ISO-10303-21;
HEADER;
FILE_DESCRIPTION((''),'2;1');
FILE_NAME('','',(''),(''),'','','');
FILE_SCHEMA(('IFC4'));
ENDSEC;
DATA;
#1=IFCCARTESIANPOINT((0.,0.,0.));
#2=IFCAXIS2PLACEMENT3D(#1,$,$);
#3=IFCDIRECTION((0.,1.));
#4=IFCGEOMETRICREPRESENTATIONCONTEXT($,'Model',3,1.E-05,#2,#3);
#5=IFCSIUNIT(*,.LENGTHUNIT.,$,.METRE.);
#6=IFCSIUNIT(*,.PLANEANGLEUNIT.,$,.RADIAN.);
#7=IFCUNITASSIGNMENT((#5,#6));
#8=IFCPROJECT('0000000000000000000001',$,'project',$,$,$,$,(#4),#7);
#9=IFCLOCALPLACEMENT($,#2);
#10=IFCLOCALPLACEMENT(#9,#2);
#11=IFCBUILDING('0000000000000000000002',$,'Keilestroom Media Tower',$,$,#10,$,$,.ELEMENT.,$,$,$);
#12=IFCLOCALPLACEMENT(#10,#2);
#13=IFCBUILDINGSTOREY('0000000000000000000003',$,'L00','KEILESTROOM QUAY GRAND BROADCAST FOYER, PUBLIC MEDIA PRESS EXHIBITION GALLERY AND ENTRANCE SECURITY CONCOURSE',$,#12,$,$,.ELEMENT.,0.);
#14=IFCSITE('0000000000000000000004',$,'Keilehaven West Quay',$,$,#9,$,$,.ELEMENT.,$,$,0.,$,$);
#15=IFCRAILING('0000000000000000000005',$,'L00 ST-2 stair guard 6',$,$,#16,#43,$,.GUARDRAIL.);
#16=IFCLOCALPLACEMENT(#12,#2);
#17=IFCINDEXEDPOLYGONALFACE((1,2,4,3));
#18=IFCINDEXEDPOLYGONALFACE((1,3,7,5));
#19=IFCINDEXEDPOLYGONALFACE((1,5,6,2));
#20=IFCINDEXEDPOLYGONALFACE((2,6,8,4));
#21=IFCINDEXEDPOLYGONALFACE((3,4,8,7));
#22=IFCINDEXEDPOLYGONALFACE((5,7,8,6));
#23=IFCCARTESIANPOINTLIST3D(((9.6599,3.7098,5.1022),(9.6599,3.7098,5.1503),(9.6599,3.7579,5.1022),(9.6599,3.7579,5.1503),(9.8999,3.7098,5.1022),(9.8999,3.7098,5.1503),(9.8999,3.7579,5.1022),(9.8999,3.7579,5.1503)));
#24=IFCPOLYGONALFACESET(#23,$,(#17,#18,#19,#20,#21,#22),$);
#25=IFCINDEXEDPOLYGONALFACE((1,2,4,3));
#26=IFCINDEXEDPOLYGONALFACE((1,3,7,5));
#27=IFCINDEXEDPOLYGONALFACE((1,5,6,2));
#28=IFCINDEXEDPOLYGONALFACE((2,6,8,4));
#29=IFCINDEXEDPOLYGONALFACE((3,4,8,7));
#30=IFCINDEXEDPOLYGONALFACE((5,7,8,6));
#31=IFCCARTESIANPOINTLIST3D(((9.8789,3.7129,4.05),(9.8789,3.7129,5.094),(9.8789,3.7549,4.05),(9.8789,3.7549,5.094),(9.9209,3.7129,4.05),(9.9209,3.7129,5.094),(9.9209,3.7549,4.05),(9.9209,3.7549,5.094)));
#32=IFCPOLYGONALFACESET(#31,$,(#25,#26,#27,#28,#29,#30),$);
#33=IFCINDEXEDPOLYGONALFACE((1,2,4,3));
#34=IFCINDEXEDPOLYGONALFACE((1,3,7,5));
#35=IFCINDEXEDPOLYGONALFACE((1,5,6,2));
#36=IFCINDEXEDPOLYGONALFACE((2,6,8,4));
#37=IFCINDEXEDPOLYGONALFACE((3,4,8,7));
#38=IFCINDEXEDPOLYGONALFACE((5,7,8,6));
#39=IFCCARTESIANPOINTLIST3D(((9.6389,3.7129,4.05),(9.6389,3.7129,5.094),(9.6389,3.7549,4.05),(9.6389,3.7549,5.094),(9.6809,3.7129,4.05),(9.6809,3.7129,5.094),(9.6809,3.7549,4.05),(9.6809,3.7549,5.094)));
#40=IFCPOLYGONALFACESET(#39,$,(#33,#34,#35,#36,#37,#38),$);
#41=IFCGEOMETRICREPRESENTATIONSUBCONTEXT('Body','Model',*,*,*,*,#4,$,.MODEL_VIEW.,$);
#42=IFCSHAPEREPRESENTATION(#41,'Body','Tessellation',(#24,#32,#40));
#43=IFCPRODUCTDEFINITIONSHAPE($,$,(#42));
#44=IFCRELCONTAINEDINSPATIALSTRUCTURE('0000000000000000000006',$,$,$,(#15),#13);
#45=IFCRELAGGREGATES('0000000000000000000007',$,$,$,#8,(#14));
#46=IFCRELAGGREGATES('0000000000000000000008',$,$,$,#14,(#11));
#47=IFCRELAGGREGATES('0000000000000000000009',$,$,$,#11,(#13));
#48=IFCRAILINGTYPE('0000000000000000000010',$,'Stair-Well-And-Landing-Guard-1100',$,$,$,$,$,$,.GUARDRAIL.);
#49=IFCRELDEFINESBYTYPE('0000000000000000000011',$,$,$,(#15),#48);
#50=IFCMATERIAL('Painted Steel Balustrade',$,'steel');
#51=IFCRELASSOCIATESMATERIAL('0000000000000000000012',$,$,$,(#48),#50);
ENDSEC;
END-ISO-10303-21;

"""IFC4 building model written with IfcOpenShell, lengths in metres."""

from ifc_helpers import new_model, si_unit, direction, frame, origin, origin_2d, place, context, subcontext, project, spatial, rectangle, extrude, material, type_object, element, save


model = new_model("IFC4")

# Units and contexts
model_context = context("Model", 3, precision=1e-05, world=origin(), true_north=direction((0.0, 1.0)))
body_context = subcontext(model_context, "Body", "Model", "MODEL_VIEW")
ifc_project = project(units=[si_unit("LENGTHUNIT", "METRE"), si_unit("PLANEANGLEUNIT", "RADIAN")], contexts=[model_context])

# Site, building, storey
site_placement = place(None, origin())
site = spatial("IfcSite", under=ifc_project, at=site_placement, Name="Keilehaven West Quay", CompositionType="ELEMENT", RefElevation=0.0)
building_placement = place(site_placement, origin())
building = spatial("IfcBuilding", under=site, at=building_placement, Name="Keilestroom Media Tower", CompositionType="ELEMENT")
storey_placement = place(building_placement, origin())
storey = spatial("IfcBuildingStorey", under=building, at=storey_placement, Name="L00", Description="KEILESTROOM QUAY GRAND BROADCAST FOYER, PUBLIC MEDIA PRESS EXHIBITION GALLERY AND ENTRANCE SECURITY CONCOURSE", CompositionType="ELEMENT", Elevation=0.0)

# Railing
ifc_material_1 = material(Name="Painted Steel Balustrade", Category="steel")
railing_type_1 = type_object("IfcRailingType", Name="Stair-Well-And-Landing-Guard-1100", PredefinedType="GUARDRAIL", material=ifc_material_1)
for number, where, name in (
    (1, (9.8999, 3.7339, 4.05), "L00 ST-2 stair guard 6"),
):
    element("IfcRailing", number, at=place(storey_placement, frame(where)), inside=storey, type_object=railing_type_1, Name=name, PredefinedType="GUARDRAIL", context=body_context, shape_type="SweptSolid", body=[
        extrude(rectangle(XDim=0.0481, YDim=0.0481, at=origin_2d()), frame((0.0, 0.0, 1.0762), z_axis=(-1.0, 0.0, 0.0), x_axis=(0.0, -1.0, 0.0)), (0.0, 0.0, 1.0), 0.24),
        extrude(rectangle(XDim=0.042, YDim=0.042, at=origin_2d()), origin(), (0.0, 0.0, 1.0), 1.0439),
        extrude(rectangle(XDim=0.042, YDim=0.042, at=origin_2d()), frame((-0.24, 0.0, 0.0)), (0.0, 0.0, 1.0), 1.0439),
    ])

save(model, "model.ifc")
